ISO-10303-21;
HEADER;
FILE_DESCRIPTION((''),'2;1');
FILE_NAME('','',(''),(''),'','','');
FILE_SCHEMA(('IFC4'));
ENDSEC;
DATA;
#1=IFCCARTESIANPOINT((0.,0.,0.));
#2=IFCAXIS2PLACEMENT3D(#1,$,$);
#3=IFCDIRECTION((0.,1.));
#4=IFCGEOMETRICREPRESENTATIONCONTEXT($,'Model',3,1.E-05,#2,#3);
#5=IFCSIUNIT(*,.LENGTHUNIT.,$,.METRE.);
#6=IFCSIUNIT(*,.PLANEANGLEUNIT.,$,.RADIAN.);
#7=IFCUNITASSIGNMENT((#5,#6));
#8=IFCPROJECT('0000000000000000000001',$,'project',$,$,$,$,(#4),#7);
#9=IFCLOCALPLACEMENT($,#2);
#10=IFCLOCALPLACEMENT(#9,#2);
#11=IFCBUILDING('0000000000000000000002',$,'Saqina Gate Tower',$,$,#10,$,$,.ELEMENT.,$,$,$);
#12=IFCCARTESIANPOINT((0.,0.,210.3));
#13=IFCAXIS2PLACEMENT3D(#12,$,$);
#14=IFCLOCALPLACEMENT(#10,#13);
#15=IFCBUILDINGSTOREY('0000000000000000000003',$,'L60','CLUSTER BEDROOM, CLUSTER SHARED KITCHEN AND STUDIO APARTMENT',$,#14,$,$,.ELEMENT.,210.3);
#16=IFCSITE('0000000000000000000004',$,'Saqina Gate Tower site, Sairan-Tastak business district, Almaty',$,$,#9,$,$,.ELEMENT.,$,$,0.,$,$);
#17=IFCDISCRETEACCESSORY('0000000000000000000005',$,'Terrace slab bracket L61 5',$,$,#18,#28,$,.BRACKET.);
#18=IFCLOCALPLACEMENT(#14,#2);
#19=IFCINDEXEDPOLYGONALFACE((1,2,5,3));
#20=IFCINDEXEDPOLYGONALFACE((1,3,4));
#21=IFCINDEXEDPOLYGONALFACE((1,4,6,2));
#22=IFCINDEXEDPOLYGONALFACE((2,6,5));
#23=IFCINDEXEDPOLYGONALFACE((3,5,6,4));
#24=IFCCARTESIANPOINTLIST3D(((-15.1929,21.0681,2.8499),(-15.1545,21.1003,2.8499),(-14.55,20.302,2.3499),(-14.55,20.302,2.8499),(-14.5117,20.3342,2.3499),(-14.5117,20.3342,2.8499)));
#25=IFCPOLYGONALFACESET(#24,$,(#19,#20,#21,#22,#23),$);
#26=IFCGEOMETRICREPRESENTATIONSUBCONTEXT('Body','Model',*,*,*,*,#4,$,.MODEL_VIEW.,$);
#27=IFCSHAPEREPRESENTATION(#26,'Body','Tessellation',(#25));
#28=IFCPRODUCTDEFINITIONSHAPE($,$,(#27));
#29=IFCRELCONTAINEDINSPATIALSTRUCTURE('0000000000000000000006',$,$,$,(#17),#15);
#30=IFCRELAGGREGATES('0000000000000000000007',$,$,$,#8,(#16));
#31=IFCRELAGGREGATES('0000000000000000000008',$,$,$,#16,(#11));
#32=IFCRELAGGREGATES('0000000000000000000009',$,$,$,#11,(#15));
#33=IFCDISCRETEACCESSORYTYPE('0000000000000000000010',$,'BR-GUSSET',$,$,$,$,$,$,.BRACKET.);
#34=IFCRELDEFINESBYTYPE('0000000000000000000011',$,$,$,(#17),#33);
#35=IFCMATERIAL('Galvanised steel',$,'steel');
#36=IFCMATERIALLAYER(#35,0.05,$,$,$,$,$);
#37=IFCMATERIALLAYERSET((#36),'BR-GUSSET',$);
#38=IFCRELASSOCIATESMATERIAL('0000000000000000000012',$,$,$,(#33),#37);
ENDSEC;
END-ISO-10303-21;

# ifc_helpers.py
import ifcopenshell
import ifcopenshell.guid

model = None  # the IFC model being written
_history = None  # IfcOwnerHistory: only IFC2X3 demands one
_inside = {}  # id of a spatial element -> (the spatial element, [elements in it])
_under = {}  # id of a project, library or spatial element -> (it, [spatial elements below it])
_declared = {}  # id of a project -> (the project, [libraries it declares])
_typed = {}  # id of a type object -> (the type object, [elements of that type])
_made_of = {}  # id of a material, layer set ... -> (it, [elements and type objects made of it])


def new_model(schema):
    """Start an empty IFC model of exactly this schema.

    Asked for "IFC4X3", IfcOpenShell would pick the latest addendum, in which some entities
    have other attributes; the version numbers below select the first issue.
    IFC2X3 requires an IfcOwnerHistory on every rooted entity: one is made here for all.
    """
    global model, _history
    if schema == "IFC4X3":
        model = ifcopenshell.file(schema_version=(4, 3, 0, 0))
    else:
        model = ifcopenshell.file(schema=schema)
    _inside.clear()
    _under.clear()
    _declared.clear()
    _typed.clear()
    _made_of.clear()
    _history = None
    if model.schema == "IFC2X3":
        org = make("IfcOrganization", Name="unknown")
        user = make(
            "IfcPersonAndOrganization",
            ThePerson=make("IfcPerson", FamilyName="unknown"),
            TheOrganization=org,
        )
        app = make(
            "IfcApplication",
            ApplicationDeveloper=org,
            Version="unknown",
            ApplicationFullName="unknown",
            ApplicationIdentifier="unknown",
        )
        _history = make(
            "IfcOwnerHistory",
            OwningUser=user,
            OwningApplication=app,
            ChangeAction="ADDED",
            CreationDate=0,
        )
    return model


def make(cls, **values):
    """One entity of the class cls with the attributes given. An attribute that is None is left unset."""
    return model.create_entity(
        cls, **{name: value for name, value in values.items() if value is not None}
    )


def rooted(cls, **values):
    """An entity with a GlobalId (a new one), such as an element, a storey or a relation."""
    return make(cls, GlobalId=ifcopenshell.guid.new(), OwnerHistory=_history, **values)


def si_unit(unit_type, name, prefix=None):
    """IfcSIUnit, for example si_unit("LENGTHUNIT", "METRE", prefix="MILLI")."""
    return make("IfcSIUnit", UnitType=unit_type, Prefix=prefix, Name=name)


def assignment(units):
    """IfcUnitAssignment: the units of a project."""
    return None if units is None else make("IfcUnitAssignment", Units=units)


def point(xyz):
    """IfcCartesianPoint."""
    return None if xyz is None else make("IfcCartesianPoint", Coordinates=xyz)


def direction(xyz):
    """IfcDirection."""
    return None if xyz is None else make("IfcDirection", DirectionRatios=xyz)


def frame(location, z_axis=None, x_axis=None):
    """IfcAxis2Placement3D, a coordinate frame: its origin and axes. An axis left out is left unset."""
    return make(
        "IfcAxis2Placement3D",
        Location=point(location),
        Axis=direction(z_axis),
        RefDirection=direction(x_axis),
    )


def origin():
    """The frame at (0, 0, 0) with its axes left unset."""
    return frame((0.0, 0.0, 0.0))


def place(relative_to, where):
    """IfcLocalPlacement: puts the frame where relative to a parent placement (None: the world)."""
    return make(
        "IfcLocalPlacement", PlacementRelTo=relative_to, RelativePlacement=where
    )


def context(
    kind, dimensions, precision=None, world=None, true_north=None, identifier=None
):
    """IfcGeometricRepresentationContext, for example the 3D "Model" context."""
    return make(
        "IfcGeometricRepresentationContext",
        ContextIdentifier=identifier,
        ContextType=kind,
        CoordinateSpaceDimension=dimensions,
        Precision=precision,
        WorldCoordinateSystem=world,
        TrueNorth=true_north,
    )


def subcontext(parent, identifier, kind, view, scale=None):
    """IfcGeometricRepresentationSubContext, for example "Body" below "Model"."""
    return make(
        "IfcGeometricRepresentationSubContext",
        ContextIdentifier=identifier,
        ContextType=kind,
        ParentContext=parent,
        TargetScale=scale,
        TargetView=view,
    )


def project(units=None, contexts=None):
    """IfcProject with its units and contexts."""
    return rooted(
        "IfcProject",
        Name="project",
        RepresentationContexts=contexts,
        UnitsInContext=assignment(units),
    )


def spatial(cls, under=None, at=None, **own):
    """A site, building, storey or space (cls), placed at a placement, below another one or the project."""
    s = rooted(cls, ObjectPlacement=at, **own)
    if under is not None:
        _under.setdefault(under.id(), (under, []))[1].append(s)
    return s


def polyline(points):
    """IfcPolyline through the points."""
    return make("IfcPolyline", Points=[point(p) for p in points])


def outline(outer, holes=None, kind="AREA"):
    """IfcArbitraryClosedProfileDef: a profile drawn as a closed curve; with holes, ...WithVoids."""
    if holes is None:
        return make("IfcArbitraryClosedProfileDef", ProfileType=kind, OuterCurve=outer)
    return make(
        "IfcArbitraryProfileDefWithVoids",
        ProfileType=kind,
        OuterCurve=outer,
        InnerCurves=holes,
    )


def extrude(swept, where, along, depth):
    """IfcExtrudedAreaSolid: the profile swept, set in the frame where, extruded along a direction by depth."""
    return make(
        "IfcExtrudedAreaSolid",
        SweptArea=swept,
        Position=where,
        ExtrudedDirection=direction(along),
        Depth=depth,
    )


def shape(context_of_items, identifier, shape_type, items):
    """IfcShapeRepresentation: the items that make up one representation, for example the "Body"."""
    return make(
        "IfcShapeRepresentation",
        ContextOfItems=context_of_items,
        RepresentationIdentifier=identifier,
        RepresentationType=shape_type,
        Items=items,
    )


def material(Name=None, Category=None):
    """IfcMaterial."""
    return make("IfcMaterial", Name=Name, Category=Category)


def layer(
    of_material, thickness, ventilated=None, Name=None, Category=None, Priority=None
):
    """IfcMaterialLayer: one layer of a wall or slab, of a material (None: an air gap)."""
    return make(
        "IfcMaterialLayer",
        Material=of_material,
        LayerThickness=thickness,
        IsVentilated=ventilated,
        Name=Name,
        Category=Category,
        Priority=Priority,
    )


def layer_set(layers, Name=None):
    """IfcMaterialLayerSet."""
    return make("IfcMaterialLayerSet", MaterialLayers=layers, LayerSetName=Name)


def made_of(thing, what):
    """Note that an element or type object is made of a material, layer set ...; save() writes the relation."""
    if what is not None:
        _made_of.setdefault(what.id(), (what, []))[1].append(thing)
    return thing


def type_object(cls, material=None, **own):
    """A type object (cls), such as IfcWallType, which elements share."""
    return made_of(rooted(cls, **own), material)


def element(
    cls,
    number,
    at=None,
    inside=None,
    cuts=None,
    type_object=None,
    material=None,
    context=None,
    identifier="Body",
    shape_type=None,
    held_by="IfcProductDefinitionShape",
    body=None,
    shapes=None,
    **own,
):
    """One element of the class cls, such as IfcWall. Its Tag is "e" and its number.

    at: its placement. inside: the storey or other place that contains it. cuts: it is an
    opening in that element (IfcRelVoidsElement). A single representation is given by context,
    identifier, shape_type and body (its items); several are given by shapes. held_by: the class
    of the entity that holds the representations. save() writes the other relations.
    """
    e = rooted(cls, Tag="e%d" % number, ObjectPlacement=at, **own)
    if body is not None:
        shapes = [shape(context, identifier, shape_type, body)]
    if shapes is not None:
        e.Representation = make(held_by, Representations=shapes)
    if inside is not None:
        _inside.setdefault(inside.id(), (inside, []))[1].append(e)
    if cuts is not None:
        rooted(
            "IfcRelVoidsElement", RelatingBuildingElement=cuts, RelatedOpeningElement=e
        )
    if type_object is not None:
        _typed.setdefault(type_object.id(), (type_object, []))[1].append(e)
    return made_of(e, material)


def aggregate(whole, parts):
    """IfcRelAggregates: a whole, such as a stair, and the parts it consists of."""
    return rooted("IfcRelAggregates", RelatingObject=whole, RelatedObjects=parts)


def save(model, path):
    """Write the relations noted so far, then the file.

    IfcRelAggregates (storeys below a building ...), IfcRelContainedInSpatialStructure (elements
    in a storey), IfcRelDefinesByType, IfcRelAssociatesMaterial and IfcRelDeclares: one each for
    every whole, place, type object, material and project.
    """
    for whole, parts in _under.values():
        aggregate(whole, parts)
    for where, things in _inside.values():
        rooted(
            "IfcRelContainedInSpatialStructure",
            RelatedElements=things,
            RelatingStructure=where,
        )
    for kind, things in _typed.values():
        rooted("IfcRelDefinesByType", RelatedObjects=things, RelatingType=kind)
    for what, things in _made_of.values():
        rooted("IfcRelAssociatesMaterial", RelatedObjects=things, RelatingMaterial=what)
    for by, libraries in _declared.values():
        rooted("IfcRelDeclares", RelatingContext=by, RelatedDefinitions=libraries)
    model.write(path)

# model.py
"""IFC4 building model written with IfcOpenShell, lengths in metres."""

from ifc_helpers import new_model, si_unit, direction, frame, origin, place, context, subcontext, project, spatial, polyline, outline, extrude, material, layer, layer_set, type_object, element, save


model = new_model("IFC4")

# Units and contexts
model_context = context("Model", 3, precision=1e-05, world=origin(), true_north=direction((0.0, 1.0)))
body_context = subcontext(model_context, "Body", "Model", "MODEL_VIEW")
ifc_project = project(units=[si_unit("LENGTHUNIT", "METRE"), si_unit("PLANEANGLEUNIT", "RADIAN")], contexts=[model_context])

# Site, building, storey
site_placement = place(None, origin())
site = spatial("IfcSite", under=ifc_project, at=site_placement, Name="Saqina Gate Tower site, Sairan-Tastak business district, Almaty", CompositionType="ELEMENT", RefElevation=0.0)
building_placement = place(site_placement, origin())
building = spatial("IfcBuilding", under=site, at=building_placement, Name="Saqina Gate Tower", CompositionType="ELEMENT")
storey_placement = place(building_placement, frame((0.0, 0.0, 210.3)))
storey = spatial("IfcBuildingStorey", under=building, at=storey_placement, Name="L60", Description="CLUSTER BEDROOM, CLUSTER SHARED KITCHEN AND STUDIO APARTMENT", CompositionType="ELEMENT", Elevation=210.3)

# Discrete accessory
ifc_material_1 = material(Name="Galvanised steel", Category="steel")
ifc_layer_1 = layer(ifc_material_1, 0.05)
ifc_layer_set_1 = layer_set([ifc_layer_1], Name="BR-GUSSET")
discrete_accessory_type_1 = type_object("IfcDiscreteAccessoryType", Name="BR-GUSSET", PredefinedType="BRACKET", material=ifc_layer_set_1)
discrete_accessory_1_placement = place(storey_placement, frame((-14.55, 20.302, 2.3499), z_axis=(-0.766056, -0.642774, 0.0), x_axis=(0.0, 0.0, 1.0)))
element("IfcDiscreteAccessory", 1, at=discrete_accessory_1_placement, inside=storey, type_object=discrete_accessory_type_1, Name="Terrace slab bracket L61 5", PredefinedType="BRACKET", context=body_context, shape_type="SweptSolid", body=[
    extrude(outline(polyline([(0.0, 0.0), (0.5, 0.0), (0.5, 1.0001), (0.0, 0.0)])), origin(), (0.0, 0.0, -1.0), 0.05),
])

save(model, "model.ifc")
